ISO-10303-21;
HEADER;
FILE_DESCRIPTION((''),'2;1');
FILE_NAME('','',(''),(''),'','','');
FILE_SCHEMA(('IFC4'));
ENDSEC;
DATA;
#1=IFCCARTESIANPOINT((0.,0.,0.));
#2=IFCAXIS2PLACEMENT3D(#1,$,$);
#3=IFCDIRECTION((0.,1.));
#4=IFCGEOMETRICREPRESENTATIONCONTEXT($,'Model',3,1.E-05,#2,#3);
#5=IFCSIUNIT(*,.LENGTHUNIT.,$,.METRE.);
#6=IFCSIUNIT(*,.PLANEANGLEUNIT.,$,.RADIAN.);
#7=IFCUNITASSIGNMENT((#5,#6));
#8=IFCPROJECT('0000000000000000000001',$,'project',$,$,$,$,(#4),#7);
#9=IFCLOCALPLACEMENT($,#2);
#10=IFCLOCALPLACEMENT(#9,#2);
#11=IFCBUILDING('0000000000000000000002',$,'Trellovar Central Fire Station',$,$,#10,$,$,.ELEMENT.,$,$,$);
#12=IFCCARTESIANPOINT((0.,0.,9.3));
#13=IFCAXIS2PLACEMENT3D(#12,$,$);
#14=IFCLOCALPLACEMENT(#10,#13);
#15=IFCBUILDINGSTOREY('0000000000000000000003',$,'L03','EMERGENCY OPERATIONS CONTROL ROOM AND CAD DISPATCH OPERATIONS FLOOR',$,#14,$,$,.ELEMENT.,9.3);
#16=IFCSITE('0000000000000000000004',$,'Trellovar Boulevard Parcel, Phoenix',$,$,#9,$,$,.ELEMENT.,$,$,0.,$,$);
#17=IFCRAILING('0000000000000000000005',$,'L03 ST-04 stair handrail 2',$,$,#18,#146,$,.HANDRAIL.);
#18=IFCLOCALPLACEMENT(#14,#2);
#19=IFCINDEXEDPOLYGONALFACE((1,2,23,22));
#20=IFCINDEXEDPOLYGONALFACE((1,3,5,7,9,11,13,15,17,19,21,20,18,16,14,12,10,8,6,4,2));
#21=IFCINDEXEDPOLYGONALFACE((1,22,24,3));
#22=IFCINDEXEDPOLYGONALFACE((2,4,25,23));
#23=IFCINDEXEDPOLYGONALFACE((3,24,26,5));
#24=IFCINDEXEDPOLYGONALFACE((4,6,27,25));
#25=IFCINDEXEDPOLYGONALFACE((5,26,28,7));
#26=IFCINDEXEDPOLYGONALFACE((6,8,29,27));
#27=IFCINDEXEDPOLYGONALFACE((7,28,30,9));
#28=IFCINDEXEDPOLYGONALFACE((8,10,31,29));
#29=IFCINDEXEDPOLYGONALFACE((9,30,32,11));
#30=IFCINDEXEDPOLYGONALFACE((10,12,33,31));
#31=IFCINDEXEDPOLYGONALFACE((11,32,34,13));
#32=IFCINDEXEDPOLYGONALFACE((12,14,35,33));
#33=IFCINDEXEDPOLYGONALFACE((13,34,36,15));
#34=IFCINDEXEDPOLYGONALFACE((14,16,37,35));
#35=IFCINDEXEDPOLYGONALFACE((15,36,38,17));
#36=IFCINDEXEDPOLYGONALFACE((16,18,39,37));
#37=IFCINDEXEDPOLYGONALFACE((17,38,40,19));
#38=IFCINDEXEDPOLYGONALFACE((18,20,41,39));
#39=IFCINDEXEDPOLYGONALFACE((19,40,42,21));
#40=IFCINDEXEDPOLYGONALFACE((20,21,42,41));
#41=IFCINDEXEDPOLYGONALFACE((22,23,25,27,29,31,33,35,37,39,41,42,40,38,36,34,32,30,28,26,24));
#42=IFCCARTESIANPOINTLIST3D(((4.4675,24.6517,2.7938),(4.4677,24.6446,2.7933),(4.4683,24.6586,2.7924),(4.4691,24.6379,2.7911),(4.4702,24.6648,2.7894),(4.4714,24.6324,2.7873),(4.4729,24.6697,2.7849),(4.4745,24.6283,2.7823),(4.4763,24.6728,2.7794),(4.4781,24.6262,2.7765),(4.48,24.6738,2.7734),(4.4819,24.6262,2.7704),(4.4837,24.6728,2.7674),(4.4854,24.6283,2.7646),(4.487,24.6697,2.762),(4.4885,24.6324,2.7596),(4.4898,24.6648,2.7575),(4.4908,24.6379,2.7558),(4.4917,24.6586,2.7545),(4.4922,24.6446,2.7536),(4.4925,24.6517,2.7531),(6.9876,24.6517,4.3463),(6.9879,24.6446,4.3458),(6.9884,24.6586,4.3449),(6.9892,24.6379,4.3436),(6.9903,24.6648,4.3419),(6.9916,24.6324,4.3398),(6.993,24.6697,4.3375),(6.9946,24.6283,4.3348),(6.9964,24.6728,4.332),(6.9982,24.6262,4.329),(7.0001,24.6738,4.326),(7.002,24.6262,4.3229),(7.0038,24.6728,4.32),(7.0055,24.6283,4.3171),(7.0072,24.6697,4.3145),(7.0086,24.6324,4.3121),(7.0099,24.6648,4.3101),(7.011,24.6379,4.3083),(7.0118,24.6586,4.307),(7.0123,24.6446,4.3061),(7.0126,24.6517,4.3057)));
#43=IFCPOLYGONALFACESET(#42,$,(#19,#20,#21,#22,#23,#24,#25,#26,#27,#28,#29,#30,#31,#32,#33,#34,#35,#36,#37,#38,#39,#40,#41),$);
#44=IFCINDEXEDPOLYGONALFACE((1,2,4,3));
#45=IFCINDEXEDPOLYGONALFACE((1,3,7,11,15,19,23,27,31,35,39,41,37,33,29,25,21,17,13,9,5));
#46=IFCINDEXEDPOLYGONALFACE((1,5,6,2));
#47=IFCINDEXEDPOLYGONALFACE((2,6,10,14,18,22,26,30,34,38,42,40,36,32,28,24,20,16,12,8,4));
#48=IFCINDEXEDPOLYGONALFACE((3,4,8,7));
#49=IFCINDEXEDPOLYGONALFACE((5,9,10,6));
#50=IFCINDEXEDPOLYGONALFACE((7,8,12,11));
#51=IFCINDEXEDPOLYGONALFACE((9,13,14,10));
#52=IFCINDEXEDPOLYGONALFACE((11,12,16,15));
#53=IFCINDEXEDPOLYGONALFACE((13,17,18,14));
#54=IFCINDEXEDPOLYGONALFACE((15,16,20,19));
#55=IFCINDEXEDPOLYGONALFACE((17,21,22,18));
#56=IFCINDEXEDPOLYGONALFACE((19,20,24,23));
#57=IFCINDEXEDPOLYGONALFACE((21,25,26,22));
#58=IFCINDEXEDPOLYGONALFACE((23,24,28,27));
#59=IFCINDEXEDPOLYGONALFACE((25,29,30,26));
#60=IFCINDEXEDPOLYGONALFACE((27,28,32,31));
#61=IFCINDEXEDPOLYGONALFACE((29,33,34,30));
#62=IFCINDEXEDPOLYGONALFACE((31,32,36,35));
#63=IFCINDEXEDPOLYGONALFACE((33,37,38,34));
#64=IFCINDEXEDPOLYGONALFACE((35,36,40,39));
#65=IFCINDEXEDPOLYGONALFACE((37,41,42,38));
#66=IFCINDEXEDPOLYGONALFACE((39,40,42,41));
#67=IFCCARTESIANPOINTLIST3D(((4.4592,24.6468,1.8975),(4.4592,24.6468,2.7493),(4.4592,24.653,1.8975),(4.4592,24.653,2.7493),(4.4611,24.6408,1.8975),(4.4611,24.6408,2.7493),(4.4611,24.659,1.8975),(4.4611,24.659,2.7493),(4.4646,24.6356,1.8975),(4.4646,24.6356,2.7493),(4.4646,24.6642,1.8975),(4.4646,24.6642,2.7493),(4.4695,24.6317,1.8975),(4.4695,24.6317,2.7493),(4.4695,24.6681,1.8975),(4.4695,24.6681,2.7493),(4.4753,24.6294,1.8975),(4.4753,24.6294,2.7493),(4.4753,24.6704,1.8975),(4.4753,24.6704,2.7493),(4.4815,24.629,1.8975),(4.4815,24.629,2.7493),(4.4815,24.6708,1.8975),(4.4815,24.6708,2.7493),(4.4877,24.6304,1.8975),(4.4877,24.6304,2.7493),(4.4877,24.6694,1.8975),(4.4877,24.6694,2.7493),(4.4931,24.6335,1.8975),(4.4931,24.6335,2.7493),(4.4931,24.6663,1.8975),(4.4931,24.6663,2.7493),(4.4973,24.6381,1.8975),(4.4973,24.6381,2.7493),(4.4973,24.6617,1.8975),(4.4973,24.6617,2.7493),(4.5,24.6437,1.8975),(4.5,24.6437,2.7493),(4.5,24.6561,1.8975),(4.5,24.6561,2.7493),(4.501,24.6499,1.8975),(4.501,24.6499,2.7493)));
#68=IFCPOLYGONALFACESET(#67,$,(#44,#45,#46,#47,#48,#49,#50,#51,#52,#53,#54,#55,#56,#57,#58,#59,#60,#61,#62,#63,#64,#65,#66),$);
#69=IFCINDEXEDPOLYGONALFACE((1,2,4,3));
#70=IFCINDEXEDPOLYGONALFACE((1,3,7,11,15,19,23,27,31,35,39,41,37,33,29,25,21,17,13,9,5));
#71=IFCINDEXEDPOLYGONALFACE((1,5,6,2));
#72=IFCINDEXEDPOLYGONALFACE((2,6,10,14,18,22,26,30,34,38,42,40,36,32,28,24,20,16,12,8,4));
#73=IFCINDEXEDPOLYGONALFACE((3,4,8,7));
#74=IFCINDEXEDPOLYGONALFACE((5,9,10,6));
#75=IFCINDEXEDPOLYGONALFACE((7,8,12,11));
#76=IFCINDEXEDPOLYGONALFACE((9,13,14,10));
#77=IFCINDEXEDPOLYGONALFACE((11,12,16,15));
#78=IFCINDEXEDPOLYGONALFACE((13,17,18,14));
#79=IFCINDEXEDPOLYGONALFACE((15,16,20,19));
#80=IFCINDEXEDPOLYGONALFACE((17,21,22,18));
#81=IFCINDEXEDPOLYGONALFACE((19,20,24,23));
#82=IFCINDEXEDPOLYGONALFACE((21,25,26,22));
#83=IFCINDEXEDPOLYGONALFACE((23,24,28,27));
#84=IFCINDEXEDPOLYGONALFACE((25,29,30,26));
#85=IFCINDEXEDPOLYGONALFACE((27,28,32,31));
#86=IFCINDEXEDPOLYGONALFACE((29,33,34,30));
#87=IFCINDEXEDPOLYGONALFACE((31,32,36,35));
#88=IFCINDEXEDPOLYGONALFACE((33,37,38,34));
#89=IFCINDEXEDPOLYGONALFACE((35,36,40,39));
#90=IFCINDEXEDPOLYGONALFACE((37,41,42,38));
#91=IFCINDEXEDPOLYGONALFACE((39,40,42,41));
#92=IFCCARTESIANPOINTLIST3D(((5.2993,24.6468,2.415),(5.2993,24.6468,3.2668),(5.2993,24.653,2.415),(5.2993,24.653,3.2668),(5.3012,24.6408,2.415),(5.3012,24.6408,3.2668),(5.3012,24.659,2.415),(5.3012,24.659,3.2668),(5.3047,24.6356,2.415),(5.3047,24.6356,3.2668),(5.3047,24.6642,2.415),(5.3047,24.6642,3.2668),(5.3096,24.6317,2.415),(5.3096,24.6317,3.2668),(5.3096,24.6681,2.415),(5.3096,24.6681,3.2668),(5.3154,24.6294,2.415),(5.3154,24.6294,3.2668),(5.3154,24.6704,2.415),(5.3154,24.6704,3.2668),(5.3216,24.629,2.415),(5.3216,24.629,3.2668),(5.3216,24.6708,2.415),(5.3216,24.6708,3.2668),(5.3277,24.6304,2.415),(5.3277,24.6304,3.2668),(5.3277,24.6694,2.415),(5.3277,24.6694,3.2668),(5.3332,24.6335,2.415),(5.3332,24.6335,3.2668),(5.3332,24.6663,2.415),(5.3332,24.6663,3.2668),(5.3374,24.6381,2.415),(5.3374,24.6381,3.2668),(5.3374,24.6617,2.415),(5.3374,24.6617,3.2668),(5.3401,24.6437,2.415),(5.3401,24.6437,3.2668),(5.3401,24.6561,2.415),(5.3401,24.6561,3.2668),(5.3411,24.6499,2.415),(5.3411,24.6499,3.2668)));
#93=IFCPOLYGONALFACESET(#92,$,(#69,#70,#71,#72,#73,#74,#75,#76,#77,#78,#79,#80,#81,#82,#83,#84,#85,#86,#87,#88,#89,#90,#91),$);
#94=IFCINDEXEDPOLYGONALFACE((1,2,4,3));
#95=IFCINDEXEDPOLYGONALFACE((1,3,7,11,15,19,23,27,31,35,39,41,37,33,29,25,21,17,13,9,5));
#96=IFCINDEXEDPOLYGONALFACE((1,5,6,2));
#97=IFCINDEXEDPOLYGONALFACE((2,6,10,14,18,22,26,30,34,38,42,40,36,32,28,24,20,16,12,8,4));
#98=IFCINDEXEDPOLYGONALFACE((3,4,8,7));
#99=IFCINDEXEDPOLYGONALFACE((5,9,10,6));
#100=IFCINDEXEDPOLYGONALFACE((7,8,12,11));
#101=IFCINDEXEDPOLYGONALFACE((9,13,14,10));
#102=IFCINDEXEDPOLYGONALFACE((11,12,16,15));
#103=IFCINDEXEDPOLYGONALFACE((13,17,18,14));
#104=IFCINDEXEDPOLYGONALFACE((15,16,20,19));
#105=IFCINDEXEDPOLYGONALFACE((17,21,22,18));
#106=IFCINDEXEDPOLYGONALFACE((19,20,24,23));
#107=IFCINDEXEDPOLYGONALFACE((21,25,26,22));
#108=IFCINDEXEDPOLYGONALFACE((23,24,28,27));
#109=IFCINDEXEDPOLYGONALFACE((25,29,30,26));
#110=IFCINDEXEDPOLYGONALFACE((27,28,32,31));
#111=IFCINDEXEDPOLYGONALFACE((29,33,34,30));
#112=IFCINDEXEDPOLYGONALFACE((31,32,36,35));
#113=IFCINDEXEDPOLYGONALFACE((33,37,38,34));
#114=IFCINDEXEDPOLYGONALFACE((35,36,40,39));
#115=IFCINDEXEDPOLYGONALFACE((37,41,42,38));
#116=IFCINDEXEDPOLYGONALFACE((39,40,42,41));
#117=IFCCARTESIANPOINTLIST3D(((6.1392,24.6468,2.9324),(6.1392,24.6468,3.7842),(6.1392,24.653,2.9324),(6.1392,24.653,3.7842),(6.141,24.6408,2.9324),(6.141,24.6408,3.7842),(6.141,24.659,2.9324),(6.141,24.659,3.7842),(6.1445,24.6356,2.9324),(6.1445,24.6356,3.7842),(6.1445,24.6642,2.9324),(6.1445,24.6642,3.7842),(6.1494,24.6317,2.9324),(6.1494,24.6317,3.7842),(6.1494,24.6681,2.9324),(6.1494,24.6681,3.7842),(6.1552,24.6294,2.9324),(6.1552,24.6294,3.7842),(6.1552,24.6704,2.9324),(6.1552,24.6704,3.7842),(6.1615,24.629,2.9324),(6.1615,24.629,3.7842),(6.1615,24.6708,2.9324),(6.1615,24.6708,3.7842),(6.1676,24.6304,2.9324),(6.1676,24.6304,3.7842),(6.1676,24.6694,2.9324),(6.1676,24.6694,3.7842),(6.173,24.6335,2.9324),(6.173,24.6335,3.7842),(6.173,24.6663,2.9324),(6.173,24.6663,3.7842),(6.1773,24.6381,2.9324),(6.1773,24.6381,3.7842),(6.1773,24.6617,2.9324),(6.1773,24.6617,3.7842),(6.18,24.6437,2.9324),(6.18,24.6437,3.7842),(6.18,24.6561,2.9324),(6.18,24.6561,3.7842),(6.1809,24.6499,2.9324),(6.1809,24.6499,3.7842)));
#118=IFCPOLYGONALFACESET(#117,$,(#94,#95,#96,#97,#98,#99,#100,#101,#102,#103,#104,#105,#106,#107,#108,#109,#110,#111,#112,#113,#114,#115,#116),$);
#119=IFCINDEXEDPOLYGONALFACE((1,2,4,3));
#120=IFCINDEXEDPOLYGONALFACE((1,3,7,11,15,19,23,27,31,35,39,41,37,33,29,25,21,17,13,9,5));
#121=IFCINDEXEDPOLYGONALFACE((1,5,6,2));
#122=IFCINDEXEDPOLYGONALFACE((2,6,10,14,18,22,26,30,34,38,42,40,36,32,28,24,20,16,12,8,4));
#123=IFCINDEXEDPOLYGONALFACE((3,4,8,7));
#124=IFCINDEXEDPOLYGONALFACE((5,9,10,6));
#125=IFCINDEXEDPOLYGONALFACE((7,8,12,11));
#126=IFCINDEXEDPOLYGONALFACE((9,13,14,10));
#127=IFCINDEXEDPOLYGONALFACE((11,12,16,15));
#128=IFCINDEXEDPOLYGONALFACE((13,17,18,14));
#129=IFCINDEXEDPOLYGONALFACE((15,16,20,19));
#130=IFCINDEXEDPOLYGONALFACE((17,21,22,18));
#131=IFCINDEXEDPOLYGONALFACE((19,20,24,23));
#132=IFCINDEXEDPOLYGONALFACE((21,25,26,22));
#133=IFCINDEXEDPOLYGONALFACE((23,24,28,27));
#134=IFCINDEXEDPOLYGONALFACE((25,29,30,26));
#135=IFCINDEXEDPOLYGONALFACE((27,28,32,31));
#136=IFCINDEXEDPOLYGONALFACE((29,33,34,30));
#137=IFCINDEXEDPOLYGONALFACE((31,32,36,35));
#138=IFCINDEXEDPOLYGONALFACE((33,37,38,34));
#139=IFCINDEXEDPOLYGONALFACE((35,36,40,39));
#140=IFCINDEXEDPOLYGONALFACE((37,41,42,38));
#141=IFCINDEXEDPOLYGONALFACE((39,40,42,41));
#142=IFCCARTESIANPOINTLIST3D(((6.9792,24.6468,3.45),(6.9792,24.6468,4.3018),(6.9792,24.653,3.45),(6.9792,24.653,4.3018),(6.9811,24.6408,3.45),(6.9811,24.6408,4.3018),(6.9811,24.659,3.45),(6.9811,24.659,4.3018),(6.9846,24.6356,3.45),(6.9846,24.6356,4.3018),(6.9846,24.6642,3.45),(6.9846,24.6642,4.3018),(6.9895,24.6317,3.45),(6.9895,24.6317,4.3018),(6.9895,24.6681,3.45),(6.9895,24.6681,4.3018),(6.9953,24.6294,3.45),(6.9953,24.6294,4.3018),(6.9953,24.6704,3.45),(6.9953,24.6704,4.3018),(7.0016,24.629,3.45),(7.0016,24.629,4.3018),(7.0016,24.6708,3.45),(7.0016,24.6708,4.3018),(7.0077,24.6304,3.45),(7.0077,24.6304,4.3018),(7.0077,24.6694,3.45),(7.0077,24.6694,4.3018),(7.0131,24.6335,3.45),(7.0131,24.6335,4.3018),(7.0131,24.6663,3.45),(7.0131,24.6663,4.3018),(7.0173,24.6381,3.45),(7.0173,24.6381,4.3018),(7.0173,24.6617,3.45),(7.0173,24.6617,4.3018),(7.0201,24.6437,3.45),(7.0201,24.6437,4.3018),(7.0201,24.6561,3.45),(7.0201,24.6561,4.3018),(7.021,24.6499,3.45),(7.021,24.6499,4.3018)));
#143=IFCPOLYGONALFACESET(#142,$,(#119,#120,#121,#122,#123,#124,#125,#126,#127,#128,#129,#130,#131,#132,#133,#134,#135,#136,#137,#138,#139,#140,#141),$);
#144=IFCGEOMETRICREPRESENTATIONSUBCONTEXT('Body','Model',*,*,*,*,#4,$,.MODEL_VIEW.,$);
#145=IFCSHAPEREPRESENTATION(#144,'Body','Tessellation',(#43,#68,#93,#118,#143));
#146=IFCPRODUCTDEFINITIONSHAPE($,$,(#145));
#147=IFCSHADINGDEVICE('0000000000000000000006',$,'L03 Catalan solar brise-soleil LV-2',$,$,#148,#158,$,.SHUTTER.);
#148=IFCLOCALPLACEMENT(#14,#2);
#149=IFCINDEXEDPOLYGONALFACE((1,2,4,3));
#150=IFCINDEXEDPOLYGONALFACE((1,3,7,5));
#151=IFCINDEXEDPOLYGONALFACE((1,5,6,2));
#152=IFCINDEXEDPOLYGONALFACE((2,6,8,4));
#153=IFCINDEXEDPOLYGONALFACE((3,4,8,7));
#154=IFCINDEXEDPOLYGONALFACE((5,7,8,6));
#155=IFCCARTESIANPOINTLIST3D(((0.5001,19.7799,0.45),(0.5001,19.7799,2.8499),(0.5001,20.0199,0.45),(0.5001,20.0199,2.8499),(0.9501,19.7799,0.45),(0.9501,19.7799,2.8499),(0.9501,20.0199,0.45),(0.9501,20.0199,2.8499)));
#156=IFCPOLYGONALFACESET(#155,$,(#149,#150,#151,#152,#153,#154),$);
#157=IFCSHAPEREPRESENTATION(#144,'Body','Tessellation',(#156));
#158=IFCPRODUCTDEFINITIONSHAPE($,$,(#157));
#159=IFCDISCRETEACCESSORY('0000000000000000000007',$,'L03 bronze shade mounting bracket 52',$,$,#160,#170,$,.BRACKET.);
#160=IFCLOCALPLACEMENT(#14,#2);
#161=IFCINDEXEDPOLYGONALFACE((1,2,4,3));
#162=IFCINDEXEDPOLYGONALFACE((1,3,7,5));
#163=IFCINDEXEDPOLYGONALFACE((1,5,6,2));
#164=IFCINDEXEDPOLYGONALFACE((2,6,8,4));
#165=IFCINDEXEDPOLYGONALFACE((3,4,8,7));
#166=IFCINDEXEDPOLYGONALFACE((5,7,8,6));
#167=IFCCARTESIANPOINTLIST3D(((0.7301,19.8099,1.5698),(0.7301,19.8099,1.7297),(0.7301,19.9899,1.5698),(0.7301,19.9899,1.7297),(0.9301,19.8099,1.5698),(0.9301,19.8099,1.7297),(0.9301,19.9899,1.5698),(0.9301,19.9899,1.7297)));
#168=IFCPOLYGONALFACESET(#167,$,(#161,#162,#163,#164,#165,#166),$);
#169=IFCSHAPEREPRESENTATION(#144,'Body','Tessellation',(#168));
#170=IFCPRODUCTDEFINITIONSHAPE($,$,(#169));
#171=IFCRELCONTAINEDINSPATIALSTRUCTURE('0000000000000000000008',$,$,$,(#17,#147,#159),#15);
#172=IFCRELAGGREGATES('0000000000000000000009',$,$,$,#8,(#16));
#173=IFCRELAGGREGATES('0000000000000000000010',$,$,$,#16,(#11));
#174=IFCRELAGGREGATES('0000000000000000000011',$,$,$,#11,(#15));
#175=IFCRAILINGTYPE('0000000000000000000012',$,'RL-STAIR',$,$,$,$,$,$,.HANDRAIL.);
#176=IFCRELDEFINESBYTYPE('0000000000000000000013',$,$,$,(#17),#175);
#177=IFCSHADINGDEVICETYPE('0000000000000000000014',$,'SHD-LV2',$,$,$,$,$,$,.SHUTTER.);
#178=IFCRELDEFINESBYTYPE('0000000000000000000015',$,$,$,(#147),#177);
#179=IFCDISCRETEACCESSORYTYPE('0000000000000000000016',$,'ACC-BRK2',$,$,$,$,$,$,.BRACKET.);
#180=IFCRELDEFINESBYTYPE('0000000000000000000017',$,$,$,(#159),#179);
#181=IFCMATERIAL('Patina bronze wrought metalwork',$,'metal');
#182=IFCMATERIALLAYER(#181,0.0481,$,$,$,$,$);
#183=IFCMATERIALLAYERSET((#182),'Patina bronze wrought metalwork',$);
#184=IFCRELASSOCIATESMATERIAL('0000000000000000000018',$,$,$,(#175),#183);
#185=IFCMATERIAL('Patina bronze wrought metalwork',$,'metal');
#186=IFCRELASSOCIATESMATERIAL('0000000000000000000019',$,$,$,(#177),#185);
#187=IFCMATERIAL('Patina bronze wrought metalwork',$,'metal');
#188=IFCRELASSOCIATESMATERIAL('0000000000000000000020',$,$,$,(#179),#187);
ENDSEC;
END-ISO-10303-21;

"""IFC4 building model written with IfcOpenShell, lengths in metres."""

from ifc_helpers import new_model, si_unit, direction, frame, origin, origin_2d, place, context, subcontext, project, spatial, rectangle, circle, extrude, material, layer, layer_set, type_object, element, save


model = new_model("IFC4")

# Units and contexts
model_context = context("Model", 3, precision=1e-05, world=origin(), true_north=direction((0.0, 1.0)))
body_context = subcontext(model_context, "Body", "Model", "MODEL_VIEW")
ifc_project = project(units=[si_unit("LENGTHUNIT", "METRE"), si_unit("PLANEANGLEUNIT", "RADIAN")], contexts=[model_context])

# Site, building, storey
site_placement = place(None, origin())
site = spatial("IfcSite", under=ifc_project, at=site_placement, Name="Trellovar Boulevard Parcel, Phoenix", CompositionType="ELEMENT", RefElevation=0.0)
building_placement = place(site_placement, origin())
building = spatial("IfcBuilding", under=site, at=building_placement, Name="Trellovar Central Fire Station", CompositionType="ELEMENT")
storey_placement = place(building_placement, frame((0.0, 0.0, 9.3)))
storey = spatial("IfcBuildingStorey", under=building, at=storey_placement, Name="L03", Description="EMERGENCY OPERATIONS CONTROL ROOM AND CAD DISPATCH OPERATIONS FLOOR", CompositionType="ELEMENT", Elevation=9.3)

# Railing
ifc_material_1 = material(Name="Patina bronze wrought metalwork", Category="metal")
ifc_layer_1 = layer(ifc_material_1, 0.0481)
ifc_layer_set_1 = layer_set([ifc_layer_1], Name="Patina bronze wrought metalwork")
railing_type = type_object("IfcRailingType", Name="RL-STAIR", PredefinedType="HANDRAIL", material=ifc_layer_set_1)
railing_placement = place(storey_placement, frame((4.48, 24.6499, 1.8975)))
element("IfcRailing", 1, at=railing_placement, inside=storey, type_object=railing_type, Name="L03 ST-04 stair handrail 2", PredefinedType="HANDRAIL", context=body_context, shape_type="SweptSolid", body=[
    extrude(circle(Radius=0.0239, at=origin_2d()), frame((0.0, 0.0, 0.876), z_axis=(0.8514, 0.0, 0.524516), x_axis=(0.0, 1.0, 0.0)), (0.0, 0.0, 1.0), 2.96),
    extrude(circle(Radius=0.021, at=origin_2d()), origin(), (0.0, 0.0, 1.0), 0.8518),
    extrude(circle(Radius=0.021, at=origin_2d()), frame((0.8401, 0.0, 0.5176)), (0.0, 0.0, 1.0), 0.8518),
    extrude(circle(Radius=0.021, at=origin_2d()), frame((1.6799, 0.0, 1.0349)), (0.0, 0.0, 1.0), 0.8518),
    extrude(circle(Radius=0.021, at=origin_2d()), frame((2.52, 0.0, 1.5525)), (0.0, 0.0, 1.0), 0.8518),
])

# Shading device
ifc_material_2 = material(Name="Patina bronze wrought metalwork", Category="metal")
shading_device_type = type_object("IfcShadingDeviceType", Name="SHD-LV2", PredefinedType="SHUTTER", material=ifc_material_2)
shading_device_placement = place(storey_placement, frame((0.7251, 19.8999, 0.45), z_axis=(0.0, 0.0, 1.0), x_axis=(1.0, 0.0, 0.0)))
element("IfcShadingDevice", 2, at=shading_device_placement, inside=storey, type_object=shading_device_type, Name="L03 Catalan solar brise-soleil LV-2", PredefinedType="SHUTTER", context=body_context, shape_type="SweptSolid", body=[
    extrude(rectangle(XDim=0.45, YDim=0.24, at=origin_2d()), origin(), (0.0, 0.0, 1.0), 2.3999),
])

# Discrete accessory
ifc_material_3 = material(Name="Patina bronze wrought metalwork", Category="metal")
discrete_accessory_type = type_object("IfcDiscreteAccessoryType", Name="ACC-BRK2", PredefinedType="BRACKET", material=ifc_material_3)
discrete_accessory_placement = place(storey_placement, frame((0.8301, 19.8999, 1.5698), z_axis=(0.0, 0.0, 1.0), x_axis=(1.0, 0.0, 0.0)))
element("IfcDiscreteAccessory", 3, at=discrete_accessory_placement, inside=storey, type_object=discrete_accessory_type, Name="L03 bronze shade mounting bracket 52", PredefinedType="BRACKET", context=body_context, shape_type="SweptSolid", body=[
    extrude(rectangle(XDim=0.2, YDim=0.1799, at=origin_2d()), origin(), (0.0, 0.0, 1.0), 0.1599),
])

save(model, "model.ifc")
